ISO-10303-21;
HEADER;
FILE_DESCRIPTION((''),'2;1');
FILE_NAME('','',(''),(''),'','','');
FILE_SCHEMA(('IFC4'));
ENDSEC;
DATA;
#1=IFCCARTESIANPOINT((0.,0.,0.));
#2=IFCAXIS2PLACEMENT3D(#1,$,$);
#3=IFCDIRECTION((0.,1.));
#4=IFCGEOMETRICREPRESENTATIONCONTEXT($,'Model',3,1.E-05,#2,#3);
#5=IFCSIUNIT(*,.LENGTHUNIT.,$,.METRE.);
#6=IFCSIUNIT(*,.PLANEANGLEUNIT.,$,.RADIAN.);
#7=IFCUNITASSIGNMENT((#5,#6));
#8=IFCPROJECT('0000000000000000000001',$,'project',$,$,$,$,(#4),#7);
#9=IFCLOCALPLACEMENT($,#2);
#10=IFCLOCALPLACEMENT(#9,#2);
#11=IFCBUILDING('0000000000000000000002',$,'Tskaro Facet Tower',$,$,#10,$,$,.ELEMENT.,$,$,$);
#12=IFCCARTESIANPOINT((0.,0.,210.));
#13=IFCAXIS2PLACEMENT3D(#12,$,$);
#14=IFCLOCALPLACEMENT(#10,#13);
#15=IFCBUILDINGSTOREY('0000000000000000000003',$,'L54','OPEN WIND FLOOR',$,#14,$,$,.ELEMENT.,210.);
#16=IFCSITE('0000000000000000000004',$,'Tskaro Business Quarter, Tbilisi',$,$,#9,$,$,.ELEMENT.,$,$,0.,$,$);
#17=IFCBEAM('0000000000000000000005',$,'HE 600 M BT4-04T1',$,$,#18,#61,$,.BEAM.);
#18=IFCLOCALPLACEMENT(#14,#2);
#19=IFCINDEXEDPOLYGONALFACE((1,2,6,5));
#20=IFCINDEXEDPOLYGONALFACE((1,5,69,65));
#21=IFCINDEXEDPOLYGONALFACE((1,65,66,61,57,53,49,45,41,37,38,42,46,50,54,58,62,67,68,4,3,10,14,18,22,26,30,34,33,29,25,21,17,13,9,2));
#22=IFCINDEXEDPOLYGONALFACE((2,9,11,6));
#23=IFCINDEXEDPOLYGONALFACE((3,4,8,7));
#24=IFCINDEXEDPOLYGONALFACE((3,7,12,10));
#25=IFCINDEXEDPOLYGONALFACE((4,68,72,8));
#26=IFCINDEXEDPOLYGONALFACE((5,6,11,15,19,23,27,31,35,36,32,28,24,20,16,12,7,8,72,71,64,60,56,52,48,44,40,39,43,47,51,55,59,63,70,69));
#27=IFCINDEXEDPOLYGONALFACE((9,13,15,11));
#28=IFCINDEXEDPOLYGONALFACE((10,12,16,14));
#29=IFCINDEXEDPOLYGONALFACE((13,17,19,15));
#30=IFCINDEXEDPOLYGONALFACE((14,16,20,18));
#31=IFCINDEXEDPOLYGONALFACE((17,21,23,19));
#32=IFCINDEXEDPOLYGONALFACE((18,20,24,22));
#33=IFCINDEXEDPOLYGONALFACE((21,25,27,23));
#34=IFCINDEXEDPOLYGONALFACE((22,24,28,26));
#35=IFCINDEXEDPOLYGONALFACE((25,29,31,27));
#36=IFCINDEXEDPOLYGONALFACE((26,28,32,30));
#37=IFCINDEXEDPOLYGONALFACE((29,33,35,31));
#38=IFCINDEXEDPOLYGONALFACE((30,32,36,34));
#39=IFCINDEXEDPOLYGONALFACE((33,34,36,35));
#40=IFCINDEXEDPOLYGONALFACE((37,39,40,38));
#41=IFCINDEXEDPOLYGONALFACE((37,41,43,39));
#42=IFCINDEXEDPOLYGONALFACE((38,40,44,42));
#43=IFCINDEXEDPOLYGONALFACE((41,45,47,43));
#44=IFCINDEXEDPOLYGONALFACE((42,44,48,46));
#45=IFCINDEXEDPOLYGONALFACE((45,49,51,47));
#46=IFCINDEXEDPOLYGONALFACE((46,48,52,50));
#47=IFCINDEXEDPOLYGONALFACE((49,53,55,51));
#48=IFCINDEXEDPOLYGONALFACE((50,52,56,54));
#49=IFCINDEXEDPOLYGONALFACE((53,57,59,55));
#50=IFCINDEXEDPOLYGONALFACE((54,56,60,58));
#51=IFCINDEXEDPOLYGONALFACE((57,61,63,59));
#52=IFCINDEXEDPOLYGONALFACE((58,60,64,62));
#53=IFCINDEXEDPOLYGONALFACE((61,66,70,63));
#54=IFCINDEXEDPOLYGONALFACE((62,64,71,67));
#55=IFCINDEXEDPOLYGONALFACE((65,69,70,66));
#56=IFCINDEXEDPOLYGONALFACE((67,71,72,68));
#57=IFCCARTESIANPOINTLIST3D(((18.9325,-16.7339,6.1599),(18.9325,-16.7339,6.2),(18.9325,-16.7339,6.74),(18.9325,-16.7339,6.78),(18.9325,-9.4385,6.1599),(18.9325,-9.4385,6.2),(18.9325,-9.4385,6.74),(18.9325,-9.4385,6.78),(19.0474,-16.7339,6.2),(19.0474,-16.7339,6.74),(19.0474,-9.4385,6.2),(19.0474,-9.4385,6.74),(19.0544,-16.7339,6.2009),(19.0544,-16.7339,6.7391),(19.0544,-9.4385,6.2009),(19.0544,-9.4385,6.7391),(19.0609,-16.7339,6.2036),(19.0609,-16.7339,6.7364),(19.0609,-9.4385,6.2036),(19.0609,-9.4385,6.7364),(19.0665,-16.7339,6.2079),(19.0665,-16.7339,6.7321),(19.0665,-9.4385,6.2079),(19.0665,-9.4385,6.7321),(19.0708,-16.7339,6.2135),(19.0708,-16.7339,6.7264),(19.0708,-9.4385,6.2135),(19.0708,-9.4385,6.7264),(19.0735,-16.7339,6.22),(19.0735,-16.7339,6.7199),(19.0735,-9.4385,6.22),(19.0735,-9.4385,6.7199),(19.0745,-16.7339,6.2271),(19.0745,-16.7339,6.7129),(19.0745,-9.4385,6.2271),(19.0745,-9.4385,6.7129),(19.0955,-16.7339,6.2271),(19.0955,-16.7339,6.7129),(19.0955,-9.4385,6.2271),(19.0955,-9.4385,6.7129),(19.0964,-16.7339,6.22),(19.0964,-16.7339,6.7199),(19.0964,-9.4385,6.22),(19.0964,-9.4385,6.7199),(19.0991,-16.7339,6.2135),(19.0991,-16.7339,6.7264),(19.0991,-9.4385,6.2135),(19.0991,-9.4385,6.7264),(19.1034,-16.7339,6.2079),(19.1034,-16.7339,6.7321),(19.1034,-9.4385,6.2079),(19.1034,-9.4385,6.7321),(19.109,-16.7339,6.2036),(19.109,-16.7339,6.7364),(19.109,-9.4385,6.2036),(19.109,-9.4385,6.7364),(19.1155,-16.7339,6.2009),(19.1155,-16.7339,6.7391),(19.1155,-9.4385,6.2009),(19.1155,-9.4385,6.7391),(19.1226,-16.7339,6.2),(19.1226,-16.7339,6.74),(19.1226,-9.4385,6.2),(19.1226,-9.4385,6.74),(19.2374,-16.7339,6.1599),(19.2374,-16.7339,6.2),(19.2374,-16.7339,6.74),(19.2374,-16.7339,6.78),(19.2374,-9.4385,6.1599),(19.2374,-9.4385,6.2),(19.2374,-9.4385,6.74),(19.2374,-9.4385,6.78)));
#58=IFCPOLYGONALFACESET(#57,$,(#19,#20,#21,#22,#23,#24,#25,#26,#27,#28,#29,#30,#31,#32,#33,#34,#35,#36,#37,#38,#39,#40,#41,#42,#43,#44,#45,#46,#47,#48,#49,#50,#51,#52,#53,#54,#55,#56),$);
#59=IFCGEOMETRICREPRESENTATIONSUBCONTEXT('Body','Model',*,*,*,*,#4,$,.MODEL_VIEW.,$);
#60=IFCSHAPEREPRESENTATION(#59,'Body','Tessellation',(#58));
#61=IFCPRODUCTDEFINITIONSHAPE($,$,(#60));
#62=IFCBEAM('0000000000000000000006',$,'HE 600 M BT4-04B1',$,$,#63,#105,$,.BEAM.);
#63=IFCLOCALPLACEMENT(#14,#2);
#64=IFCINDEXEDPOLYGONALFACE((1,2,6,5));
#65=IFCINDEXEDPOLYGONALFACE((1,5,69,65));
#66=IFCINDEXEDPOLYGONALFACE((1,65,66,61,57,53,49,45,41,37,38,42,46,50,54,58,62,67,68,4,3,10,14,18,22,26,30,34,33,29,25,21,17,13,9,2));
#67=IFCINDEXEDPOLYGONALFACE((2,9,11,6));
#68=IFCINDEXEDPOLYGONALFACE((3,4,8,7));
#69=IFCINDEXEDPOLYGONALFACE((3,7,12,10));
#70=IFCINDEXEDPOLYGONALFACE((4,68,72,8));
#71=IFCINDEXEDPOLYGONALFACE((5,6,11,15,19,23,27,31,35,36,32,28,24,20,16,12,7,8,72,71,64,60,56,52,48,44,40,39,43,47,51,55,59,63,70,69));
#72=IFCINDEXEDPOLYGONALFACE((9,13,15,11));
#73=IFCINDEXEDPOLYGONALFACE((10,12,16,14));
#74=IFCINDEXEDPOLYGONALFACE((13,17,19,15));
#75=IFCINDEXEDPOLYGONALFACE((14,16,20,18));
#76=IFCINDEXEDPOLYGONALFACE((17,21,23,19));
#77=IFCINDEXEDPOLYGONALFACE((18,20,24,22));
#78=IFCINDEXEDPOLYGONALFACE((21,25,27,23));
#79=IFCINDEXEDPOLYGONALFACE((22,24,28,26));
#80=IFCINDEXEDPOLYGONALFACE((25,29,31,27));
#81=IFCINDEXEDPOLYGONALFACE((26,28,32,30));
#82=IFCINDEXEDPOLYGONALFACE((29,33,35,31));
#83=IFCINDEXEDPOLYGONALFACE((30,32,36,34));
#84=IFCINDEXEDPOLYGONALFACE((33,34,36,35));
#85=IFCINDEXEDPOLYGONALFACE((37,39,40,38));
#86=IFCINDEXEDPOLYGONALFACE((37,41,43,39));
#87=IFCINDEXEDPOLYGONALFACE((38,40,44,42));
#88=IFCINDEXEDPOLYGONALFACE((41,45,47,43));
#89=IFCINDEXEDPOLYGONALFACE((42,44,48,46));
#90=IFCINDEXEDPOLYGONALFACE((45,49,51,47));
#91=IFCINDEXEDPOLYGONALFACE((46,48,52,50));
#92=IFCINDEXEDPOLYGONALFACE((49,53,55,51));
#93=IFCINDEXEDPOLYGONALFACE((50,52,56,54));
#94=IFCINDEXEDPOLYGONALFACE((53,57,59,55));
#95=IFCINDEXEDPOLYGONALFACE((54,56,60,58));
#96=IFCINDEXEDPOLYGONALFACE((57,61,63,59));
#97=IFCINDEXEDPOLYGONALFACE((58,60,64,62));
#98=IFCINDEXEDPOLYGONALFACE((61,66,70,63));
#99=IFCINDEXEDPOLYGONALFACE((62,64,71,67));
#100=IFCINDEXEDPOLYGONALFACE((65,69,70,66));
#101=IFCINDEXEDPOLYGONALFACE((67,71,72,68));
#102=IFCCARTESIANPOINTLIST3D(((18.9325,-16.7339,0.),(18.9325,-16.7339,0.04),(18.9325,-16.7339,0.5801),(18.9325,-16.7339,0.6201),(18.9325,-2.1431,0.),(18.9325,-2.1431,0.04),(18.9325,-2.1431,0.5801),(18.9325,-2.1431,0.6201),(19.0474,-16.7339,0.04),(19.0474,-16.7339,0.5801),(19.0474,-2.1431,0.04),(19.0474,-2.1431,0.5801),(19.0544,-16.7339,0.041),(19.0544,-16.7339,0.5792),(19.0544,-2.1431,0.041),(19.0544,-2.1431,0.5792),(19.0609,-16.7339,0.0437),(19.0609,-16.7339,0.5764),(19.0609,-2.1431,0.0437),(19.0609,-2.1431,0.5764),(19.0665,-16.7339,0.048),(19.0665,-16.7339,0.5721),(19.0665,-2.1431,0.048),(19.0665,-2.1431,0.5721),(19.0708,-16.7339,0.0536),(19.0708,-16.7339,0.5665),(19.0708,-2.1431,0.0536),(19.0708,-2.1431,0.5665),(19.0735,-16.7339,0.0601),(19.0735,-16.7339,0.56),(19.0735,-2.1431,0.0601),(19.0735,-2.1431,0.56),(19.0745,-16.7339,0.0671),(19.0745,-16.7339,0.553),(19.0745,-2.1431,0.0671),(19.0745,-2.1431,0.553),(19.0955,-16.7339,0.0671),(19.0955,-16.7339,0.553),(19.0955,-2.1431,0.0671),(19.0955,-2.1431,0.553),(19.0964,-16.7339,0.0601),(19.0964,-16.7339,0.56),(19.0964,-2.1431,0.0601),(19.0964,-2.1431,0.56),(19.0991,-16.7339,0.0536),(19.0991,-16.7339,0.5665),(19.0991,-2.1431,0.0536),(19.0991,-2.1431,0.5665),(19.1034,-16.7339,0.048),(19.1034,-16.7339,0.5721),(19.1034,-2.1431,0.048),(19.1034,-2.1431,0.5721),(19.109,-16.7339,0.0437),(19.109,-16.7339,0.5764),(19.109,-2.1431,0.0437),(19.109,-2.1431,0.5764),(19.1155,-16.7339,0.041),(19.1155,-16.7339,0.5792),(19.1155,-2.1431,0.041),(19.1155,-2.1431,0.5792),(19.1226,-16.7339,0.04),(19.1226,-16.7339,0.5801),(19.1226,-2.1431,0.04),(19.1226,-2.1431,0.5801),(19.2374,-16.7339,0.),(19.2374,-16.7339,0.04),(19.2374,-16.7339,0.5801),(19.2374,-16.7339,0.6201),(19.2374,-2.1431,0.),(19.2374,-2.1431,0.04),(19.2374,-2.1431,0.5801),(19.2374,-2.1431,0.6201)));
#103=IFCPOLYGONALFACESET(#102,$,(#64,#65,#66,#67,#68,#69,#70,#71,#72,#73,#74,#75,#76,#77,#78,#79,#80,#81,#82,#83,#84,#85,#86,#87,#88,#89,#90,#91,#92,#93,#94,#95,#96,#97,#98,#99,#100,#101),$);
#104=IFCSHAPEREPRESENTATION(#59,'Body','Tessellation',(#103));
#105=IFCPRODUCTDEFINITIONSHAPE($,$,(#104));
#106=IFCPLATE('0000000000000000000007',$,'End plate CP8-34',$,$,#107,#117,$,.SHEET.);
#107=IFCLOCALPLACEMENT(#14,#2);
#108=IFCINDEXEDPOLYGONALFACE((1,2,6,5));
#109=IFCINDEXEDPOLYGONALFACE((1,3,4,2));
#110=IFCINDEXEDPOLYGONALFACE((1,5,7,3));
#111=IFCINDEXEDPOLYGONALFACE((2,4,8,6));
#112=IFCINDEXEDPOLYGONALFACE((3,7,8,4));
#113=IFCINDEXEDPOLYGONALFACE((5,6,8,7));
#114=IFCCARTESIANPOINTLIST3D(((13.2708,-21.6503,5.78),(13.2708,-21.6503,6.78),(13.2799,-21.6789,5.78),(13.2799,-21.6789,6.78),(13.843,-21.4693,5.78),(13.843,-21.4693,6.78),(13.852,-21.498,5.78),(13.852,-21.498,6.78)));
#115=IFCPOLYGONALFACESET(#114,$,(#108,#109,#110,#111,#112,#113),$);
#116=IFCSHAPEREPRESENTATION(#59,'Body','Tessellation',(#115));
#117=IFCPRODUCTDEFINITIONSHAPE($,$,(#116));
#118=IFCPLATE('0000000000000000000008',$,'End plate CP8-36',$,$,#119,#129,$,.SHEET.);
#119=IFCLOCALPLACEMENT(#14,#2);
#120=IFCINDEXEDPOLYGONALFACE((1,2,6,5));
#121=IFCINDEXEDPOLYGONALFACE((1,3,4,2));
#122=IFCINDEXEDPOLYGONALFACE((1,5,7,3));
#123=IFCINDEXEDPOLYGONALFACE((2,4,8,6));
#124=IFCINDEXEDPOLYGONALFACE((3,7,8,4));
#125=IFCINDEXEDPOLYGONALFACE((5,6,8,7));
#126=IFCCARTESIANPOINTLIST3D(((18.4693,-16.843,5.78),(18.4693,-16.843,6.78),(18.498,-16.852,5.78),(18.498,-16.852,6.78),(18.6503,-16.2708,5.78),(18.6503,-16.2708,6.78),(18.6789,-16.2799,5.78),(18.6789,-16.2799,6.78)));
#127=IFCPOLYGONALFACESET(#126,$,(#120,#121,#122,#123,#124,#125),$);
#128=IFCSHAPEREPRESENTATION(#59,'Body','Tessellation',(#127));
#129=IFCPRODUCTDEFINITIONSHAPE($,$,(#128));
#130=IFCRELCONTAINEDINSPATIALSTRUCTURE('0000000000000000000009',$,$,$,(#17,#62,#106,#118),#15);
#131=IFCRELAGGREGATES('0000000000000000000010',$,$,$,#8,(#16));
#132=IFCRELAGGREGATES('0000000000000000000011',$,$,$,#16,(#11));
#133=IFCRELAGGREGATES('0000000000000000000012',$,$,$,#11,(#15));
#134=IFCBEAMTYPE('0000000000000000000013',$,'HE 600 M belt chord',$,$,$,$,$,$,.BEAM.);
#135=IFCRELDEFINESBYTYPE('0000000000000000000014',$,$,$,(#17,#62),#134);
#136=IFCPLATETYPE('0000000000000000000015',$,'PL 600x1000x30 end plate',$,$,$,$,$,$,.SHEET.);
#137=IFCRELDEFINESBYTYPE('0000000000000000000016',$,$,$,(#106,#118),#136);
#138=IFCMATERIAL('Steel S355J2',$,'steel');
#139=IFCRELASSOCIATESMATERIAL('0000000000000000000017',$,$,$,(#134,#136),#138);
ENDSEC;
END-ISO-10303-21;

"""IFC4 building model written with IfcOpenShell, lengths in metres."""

from ifc_helpers import new_model, si_unit, direction, frame, origin, origin_2d, place, context, subcontext, project, spatial, rectangle, i_section, extrude, material, material_profile, profile_set, type_object, element, save


model = new_model("IFC4")

# Units and contexts
model_context = context("Model", 3, precision=1e-05, world=origin(), true_north=direction((0.0, 1.0)))
body_context = subcontext(model_context, "Body", "Model", "MODEL_VIEW")
ifc_project = project(units=[si_unit("LENGTHUNIT", "METRE"), si_unit("PLANEANGLEUNIT", "RADIAN")], contexts=[model_context])

# Site, building, storey
site_placement = place(None, origin())
site = spatial("IfcSite", under=ifc_project, at=site_placement, Name="Tskaro Business Quarter, Tbilisi", CompositionType="ELEMENT", RefElevation=0.0)
building_placement = place(site_placement, origin())
building = spatial("IfcBuilding", under=site, at=building_placement, Name="Tskaro Facet Tower", CompositionType="ELEMENT")
storey_placement = place(building_placement, frame((0.0, 0.0, 210.0)))
storey = spatial("IfcBuildingStorey", under=building, at=storey_placement, Name="L54", Description="OPEN WIND FLOOR", CompositionType="ELEMENT", Elevation=210.0)

# Shared definitions
ifc_material_1 = material(Name="Steel S355J2", Category="steel")

# Beams
ifc_material_profile_1 = material_profile(ifc_material_1, i_section(OverallWidth=0.3049, OverallDepth=0.6201, WebThickness=0.021, FlangeThickness=0.04, FilletRadius=0.0271, at=origin_2d()), Name="HE 600 M")
ifc_profile_set_1 = profile_set([ifc_material_profile_1], Name="Steel S355J2")
beam_type_1 = type_object("IfcBeamType", Name="HE 600 M belt chord", PredefinedType="BEAM", material=ifc_profile_set_1)
beam_1_placement = place(storey_placement, frame((19.085, -16.7339, 6.47), z_axis=(0.0, 1.0, 0.0), x_axis=(-1.0, 0.0, 0.0)))
element("IfcBeam", 1, at=beam_1_placement, inside=storey, type_object=beam_type_1, Name="HE 600 M BT4-04T1", PredefinedType="BEAM", context=body_context, shape_type="SweptSolid", body=[
    extrude(i_section(OverallWidth=0.3049, OverallDepth=0.6201, WebThickness=0.021, FlangeThickness=0.04, FilletRadius=0.0271, at=origin_2d()), origin(), (0.0, 0.0, 1.0), 7.2954),
])
beam_2_placement = place(storey_placement, frame((19.085, -16.7339, 0.3101), z_axis=(0.0, 1.0, 0.0), x_axis=(-1.0, 0.0, 0.0)))
element("IfcBeam", 2, at=beam_2_placement, inside=storey, type_object=beam_type_1, Name="HE 600 M BT4-04B1", PredefinedType="BEAM", context=body_context, shape_type="SweptSolid", body=[
    extrude(i_section(OverallWidth=0.3049, OverallDepth=0.6201, WebThickness=0.021, FlangeThickness=0.04, FilletRadius=0.0271, at=origin_2d()), origin(), (0.0, 0.0, 1.0), 14.5908),
])

# Plates
ifc_material_profile_2 = material_profile(ifc_material_1, rectangle(XDim=0.6001, YDim=1.0, at=origin_2d()), Name="PL 600x1000x30 end plate")
ifc_profile_set_2 = profile_set([ifc_material_profile_2], Name="Steel S355J2")
plate_type = type_object("IfcPlateType", Name="PL 600x1000x30 end plate", PredefinedType="SHEET", material=ifc_profile_set_2)
for number, where, z_axis, x_axis, name in (
    (3, (13.5569, -21.5598, 6.28), (0.301521, -0.953459, 0.0), (0.953459, 0.301521, 0.0), "End plate CP8-34"),
    (4, (18.5598, -16.5569, 6.28), (0.953459, -0.301521, 0.0), (0.301521, 0.953459, 0.0), "End plate CP8-36"),
):
    element("IfcPlate", number, at=place(storey_placement, frame(where, z_axis=z_axis, x_axis=x_axis)), inside=storey, type_object=plate_type, Name=name, PredefinedType="SHEET", context=body_context, shape_type="SweptSolid", body=[
        extrude(rectangle(XDim=0.6001, YDim=1.0, at=origin_2d()), origin(), (0.0, 0.0, 1.0), 0.03),
    ])

save(model, "model.ifc")
